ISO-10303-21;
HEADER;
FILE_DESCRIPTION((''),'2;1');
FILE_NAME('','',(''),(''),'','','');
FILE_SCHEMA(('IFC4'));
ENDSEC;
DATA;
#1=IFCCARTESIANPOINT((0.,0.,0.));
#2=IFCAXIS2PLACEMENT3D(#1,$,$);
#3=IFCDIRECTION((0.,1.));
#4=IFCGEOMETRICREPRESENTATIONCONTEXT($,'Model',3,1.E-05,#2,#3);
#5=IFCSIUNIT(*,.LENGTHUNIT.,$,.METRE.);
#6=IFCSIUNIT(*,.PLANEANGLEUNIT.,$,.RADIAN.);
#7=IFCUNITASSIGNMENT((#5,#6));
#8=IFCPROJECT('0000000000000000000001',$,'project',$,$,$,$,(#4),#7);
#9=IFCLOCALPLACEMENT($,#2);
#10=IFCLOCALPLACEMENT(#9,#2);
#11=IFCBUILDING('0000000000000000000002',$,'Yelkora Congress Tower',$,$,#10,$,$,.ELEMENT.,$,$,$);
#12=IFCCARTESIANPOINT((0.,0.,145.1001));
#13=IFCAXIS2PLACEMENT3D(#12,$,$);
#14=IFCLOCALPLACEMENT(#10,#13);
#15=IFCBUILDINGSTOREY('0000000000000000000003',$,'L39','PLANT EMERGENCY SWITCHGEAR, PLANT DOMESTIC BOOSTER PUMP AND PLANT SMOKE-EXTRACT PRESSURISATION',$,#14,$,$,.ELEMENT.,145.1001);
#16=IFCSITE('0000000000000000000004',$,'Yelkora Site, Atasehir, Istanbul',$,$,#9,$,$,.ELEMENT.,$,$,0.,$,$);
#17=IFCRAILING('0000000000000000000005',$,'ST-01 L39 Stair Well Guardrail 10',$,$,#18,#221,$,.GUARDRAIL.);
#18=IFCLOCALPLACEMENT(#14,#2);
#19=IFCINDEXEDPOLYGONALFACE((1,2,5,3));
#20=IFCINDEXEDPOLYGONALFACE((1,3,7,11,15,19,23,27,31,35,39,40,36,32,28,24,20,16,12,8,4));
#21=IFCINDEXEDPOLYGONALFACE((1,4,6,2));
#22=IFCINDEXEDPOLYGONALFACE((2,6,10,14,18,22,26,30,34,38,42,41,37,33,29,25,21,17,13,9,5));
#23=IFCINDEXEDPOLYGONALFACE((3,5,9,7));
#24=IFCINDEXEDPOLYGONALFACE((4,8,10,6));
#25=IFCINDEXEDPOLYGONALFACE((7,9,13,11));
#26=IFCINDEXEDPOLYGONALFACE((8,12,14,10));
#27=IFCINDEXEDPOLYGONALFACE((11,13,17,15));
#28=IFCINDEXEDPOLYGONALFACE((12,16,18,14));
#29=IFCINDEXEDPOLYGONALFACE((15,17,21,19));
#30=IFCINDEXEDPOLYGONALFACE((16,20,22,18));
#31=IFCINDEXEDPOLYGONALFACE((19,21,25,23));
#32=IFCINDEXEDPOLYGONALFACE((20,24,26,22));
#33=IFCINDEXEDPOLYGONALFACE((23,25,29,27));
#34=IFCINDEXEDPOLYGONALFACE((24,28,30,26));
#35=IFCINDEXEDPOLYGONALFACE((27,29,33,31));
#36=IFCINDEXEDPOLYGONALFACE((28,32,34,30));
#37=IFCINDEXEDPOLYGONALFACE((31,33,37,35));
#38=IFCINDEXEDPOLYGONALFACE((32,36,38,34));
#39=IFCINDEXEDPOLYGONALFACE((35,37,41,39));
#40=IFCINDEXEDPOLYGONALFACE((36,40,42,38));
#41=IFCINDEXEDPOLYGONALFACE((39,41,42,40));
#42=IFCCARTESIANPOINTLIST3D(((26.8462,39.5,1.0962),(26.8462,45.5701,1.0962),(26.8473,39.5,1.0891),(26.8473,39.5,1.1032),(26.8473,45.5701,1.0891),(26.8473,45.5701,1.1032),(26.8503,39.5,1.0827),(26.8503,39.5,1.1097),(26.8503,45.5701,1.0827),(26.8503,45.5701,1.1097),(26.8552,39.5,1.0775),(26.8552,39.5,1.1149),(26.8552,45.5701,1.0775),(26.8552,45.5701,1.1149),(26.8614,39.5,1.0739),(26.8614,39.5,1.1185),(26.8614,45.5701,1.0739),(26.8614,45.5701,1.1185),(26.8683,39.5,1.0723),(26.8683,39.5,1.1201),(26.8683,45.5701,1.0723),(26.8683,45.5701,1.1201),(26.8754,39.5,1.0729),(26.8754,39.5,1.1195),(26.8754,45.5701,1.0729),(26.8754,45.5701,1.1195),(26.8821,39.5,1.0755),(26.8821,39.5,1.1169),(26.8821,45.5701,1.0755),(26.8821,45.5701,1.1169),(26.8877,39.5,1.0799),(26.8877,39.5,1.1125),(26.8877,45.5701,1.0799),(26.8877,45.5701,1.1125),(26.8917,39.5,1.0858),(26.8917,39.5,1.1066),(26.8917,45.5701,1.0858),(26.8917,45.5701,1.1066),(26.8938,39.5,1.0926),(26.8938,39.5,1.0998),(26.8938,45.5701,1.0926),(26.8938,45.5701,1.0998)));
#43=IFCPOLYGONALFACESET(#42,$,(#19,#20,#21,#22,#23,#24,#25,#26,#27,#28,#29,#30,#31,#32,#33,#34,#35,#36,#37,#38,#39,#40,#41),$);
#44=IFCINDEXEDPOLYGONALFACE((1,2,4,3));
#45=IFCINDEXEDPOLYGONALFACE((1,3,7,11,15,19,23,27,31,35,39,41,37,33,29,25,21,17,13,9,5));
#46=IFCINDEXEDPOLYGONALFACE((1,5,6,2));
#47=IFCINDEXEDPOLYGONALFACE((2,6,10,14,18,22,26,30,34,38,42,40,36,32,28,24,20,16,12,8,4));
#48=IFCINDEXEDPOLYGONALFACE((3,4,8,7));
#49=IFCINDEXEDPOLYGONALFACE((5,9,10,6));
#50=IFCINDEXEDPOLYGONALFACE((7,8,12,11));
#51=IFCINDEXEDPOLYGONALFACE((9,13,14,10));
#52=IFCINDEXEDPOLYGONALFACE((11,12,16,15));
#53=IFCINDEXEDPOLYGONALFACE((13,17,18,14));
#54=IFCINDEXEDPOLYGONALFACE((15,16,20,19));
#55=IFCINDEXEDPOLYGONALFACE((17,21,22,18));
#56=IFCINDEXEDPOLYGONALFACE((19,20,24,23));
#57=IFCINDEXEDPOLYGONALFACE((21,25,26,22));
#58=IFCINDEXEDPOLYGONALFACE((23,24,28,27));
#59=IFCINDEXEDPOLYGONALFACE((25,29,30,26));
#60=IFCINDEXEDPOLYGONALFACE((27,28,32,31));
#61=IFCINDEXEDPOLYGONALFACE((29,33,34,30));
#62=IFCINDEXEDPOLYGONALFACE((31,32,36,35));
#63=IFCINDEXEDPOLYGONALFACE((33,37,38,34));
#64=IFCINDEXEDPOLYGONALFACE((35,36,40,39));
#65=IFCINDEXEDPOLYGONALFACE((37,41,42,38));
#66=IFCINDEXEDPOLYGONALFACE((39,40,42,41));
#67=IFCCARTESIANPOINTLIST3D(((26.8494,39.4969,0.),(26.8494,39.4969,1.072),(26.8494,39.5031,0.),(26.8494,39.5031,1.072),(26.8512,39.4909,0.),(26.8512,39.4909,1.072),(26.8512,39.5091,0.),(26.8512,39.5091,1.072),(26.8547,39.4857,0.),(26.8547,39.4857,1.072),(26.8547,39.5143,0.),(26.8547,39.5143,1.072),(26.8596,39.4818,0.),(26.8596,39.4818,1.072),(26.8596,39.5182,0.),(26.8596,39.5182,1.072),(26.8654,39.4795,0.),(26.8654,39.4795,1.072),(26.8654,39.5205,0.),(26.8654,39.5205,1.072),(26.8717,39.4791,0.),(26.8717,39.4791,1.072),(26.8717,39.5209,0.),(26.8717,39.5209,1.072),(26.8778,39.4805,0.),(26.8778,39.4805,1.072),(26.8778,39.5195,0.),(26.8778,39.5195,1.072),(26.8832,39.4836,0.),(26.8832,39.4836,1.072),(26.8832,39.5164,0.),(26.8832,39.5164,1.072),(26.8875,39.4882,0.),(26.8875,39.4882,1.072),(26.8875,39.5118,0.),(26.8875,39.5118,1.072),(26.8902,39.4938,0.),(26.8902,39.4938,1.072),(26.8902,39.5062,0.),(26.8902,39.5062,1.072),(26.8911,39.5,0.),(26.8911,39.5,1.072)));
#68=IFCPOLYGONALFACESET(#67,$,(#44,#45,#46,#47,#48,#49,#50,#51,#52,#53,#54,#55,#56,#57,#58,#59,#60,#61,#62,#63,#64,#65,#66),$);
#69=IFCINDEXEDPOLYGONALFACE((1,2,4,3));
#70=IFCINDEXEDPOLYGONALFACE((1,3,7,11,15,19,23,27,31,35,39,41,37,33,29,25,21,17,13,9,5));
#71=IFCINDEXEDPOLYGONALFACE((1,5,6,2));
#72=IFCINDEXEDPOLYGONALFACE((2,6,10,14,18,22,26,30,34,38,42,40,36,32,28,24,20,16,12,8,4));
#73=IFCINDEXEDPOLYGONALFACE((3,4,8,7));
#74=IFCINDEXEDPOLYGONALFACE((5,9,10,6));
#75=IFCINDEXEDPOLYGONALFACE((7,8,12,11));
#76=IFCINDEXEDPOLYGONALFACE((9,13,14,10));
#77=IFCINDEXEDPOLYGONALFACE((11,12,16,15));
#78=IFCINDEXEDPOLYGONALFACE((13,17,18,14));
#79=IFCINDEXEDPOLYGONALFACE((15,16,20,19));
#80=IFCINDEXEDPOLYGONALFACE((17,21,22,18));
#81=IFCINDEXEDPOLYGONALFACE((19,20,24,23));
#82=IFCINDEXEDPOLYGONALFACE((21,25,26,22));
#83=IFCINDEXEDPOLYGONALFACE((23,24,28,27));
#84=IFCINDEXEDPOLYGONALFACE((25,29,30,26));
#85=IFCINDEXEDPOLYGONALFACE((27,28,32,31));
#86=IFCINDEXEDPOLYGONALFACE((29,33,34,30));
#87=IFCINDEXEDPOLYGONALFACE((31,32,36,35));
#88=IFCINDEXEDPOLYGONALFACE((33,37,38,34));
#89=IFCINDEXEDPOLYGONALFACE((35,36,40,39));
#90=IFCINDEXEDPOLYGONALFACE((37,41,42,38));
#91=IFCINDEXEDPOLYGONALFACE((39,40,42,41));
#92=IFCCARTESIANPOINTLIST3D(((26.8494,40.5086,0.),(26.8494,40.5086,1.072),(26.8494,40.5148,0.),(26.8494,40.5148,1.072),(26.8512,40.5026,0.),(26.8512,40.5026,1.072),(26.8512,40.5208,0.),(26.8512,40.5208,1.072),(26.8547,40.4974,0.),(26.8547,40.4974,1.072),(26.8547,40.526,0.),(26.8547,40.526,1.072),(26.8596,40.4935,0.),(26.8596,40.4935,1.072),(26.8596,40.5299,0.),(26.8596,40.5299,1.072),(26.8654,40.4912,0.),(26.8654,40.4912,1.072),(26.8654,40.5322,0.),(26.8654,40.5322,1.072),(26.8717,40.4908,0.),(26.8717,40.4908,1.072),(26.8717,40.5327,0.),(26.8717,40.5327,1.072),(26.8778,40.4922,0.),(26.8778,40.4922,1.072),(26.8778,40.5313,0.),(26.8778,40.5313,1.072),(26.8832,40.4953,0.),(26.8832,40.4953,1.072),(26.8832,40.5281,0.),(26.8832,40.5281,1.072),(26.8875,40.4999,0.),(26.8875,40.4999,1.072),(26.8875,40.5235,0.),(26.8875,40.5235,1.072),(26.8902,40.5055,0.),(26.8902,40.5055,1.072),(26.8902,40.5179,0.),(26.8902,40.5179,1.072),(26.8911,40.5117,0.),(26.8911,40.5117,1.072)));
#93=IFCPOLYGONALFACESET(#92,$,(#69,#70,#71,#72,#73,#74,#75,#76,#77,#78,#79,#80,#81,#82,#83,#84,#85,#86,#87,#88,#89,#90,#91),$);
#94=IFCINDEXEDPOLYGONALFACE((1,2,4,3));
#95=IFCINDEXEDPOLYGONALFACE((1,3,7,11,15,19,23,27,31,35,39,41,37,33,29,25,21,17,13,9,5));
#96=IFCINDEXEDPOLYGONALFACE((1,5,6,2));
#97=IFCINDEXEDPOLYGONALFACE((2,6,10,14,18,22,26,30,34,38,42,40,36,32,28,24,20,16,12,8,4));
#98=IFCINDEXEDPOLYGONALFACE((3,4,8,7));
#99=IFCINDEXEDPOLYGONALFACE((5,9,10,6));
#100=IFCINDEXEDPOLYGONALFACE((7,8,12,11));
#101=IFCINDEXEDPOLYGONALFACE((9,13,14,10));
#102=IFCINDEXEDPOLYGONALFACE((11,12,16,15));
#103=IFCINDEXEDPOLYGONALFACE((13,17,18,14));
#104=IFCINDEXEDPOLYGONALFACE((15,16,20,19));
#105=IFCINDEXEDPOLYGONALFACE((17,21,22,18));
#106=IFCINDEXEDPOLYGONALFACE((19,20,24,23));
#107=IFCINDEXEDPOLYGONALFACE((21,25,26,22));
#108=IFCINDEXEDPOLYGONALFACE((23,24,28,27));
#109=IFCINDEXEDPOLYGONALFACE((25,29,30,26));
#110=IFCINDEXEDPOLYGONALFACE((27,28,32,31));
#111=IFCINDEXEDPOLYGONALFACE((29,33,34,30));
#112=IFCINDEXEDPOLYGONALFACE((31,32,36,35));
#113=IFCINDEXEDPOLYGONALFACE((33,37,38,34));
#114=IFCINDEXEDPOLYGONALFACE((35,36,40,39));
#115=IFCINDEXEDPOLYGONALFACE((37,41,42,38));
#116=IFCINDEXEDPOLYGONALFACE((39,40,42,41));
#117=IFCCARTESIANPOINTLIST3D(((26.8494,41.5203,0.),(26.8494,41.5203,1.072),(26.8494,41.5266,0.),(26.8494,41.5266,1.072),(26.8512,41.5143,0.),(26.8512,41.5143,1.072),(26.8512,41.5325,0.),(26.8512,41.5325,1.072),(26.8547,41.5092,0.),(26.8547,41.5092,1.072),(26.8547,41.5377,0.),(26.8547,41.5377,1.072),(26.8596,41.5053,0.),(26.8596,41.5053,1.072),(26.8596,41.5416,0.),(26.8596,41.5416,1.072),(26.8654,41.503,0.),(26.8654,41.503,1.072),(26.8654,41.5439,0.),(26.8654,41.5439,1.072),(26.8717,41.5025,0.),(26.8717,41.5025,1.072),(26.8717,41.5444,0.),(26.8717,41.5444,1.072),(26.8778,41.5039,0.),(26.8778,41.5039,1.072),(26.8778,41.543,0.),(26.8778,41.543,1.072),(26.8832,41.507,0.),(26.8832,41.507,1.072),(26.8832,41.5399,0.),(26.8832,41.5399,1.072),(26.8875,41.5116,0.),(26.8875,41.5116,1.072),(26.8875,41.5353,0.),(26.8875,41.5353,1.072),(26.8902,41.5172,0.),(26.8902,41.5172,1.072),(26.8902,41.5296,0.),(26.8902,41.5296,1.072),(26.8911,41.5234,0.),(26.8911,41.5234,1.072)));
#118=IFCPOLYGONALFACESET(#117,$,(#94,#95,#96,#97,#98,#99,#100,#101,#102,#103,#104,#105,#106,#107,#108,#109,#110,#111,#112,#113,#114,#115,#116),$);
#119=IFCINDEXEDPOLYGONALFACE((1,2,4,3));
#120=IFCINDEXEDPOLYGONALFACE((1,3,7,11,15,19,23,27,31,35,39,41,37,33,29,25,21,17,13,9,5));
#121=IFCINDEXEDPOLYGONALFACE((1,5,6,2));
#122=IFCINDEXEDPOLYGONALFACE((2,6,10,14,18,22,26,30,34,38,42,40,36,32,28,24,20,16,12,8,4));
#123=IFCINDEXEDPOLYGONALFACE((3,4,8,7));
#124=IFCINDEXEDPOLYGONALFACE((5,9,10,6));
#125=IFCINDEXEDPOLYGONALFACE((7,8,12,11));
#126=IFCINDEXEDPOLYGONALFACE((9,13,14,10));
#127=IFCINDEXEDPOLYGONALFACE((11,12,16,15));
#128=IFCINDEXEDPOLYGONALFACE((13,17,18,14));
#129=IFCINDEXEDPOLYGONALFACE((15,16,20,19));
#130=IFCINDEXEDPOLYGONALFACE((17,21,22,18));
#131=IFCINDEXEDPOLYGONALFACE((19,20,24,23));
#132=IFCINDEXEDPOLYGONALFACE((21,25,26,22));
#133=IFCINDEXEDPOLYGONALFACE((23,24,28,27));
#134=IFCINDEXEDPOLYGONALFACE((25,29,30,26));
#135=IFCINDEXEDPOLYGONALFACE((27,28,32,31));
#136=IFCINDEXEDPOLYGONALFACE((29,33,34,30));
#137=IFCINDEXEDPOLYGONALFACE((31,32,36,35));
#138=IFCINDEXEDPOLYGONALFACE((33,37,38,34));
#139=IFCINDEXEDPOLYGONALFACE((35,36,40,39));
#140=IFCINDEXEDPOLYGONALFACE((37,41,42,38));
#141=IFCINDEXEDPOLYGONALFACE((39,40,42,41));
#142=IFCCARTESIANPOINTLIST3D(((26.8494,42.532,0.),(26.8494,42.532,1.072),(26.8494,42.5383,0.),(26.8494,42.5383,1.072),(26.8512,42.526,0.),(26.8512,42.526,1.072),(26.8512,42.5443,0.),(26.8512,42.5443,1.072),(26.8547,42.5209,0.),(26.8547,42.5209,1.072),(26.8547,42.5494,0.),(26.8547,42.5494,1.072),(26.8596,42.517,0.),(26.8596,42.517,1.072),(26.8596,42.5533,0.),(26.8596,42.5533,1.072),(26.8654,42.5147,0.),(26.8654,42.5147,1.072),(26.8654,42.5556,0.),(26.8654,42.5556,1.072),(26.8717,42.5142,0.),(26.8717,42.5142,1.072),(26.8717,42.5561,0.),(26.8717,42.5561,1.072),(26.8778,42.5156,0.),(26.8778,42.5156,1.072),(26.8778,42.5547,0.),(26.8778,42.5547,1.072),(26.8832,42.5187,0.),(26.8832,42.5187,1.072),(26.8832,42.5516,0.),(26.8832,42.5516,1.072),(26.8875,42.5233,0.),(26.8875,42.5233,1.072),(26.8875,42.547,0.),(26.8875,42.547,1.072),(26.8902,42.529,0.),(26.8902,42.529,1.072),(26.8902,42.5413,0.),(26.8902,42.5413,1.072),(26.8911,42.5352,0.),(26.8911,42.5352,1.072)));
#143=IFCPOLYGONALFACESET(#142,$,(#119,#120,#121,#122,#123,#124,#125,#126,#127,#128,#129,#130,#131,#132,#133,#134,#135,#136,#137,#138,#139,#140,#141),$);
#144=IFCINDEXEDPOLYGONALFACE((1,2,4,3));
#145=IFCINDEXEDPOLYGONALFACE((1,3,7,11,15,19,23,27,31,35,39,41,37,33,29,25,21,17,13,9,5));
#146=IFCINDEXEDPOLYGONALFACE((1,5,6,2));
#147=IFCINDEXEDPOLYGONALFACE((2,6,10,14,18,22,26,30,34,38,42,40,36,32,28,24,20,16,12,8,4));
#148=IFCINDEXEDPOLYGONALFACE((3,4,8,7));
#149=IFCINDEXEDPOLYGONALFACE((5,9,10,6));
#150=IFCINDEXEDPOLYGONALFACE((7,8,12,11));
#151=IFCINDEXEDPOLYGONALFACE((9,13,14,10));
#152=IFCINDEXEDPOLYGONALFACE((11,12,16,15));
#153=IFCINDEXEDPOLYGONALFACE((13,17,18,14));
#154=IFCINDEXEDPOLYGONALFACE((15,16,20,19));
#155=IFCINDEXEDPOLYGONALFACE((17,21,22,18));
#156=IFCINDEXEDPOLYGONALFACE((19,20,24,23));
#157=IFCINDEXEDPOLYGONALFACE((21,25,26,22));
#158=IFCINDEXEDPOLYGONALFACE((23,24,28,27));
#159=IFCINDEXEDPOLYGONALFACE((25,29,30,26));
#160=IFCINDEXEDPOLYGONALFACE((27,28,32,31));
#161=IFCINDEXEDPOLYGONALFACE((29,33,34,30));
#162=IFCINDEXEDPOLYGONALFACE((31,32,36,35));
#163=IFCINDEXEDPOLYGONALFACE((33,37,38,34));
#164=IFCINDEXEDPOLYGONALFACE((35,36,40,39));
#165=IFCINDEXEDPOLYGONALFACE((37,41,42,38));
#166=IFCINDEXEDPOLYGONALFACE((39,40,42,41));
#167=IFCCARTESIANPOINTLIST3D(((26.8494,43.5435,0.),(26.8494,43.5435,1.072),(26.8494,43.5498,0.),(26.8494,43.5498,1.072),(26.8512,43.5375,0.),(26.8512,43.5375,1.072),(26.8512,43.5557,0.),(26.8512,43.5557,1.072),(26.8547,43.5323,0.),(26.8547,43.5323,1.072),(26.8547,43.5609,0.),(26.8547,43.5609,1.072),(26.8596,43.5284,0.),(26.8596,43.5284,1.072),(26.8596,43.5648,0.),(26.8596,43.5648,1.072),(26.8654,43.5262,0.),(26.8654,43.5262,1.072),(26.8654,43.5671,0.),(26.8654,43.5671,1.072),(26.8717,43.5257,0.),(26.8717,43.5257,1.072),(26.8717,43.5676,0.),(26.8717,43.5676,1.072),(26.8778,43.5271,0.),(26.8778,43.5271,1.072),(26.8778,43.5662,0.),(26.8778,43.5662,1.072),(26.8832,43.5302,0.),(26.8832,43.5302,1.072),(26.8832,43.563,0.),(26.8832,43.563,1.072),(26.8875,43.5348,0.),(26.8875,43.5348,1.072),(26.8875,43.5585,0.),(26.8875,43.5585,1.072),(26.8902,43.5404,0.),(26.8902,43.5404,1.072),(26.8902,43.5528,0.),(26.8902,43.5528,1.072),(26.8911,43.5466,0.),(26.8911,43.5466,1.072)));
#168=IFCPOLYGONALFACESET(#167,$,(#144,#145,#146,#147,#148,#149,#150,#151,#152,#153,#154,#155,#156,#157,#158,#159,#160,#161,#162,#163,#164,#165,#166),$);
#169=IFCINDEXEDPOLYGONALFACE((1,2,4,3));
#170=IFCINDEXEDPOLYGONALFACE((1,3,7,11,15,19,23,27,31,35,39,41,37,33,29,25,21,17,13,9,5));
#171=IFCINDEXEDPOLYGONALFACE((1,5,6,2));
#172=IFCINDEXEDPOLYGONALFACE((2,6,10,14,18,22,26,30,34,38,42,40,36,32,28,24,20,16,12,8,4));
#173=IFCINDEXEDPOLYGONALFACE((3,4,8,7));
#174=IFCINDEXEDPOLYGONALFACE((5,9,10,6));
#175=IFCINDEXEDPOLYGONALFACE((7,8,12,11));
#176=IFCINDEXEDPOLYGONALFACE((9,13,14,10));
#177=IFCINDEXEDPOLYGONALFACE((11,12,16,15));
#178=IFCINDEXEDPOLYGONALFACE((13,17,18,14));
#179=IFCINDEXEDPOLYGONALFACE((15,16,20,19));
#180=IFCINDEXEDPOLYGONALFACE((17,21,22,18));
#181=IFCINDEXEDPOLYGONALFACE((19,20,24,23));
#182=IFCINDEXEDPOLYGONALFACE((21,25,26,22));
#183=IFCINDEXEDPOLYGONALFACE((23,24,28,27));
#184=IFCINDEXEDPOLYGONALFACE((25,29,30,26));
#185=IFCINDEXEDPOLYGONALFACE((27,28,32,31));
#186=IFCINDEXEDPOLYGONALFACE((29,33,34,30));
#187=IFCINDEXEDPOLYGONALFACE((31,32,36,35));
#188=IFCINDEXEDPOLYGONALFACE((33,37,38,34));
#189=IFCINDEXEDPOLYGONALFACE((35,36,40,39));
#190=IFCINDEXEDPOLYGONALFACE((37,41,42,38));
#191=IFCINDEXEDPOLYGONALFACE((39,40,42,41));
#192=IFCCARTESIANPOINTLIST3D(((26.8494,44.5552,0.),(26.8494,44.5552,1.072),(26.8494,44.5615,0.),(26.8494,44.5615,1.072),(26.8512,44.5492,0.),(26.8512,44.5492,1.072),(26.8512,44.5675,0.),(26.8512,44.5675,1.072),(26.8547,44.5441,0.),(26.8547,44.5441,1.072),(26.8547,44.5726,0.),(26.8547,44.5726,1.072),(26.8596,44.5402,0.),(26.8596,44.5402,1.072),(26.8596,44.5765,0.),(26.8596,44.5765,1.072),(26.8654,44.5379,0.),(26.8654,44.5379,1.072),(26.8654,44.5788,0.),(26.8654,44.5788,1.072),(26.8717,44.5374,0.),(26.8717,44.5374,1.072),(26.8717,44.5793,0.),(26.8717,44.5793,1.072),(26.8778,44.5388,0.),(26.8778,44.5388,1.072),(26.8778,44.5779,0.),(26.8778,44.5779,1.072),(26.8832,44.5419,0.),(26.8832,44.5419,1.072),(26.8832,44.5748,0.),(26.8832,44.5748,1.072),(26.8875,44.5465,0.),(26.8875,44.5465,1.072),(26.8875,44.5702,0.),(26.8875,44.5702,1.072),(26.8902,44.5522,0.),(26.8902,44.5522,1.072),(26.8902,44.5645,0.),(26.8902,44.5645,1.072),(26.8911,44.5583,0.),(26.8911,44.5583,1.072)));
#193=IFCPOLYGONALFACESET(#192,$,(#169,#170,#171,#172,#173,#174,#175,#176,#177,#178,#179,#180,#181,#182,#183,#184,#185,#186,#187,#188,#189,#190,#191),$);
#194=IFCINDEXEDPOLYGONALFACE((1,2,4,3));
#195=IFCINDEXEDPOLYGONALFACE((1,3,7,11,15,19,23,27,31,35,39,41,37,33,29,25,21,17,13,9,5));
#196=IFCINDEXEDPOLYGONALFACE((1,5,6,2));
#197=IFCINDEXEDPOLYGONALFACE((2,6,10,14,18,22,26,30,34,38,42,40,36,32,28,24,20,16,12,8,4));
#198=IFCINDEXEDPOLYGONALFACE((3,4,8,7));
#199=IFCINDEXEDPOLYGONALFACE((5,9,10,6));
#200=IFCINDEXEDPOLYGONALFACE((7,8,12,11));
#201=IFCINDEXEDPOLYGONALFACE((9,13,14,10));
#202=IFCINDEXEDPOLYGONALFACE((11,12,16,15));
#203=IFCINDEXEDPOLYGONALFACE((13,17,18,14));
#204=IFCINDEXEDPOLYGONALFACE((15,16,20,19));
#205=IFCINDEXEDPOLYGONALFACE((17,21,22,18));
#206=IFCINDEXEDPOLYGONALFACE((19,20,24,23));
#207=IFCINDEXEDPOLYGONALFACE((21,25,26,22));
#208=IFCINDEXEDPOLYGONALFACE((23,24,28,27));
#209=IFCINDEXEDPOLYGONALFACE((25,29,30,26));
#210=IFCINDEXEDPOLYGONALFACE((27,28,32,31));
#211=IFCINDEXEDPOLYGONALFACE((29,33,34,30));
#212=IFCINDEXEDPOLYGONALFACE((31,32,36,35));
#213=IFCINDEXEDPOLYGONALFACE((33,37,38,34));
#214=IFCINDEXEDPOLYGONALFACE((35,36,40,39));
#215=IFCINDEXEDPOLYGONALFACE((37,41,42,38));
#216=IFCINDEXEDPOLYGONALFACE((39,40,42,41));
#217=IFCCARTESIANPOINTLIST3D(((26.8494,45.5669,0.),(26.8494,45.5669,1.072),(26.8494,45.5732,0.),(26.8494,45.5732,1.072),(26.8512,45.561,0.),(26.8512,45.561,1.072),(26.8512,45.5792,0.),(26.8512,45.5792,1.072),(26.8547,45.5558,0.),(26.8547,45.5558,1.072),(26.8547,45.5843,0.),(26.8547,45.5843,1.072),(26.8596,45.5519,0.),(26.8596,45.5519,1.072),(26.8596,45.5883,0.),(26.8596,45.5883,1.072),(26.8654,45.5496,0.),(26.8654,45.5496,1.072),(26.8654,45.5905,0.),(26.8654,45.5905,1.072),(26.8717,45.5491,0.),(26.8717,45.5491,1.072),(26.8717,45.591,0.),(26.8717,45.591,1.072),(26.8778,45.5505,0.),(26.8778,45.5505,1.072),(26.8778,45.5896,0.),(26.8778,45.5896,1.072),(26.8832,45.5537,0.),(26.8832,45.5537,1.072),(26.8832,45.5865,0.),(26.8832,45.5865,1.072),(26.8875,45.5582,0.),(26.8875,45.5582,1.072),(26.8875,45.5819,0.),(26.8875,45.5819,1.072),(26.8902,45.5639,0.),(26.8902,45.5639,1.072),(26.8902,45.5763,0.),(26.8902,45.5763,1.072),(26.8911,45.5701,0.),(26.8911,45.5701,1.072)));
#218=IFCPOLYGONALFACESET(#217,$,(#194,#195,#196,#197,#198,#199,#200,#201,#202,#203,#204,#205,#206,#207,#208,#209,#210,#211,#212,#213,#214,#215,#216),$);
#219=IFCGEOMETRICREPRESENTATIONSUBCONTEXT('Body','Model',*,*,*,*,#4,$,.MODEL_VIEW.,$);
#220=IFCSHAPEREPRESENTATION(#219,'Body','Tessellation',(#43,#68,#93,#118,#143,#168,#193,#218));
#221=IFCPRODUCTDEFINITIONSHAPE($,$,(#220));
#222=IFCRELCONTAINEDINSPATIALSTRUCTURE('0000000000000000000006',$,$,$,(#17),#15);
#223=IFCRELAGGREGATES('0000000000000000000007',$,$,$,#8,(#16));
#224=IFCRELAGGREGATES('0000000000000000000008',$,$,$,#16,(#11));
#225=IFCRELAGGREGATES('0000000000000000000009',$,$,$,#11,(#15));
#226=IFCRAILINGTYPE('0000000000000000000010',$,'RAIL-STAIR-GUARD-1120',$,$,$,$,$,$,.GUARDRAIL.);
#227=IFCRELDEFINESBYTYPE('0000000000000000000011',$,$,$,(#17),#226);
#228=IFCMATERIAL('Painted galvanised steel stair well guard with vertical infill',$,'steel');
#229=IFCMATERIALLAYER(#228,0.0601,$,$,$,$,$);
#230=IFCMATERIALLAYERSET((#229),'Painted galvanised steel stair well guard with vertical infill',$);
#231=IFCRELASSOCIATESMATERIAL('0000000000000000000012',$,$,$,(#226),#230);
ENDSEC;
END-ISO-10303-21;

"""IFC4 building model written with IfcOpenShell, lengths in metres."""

from ifc_helpers import new_model, si_unit, direction, frame, origin, origin_2d, place, context, subcontext, project, spatial, circle, extrude, material, layer, layer_set, type_object, element, save


model = new_model("IFC4")

# Units and contexts
model_context = context("Model", 3, precision=1e-05, world=origin(), true_north=direction((0.0, 1.0)))
body_context = subcontext(model_context, "Body", "Model", "MODEL_VIEW")
ifc_project = project(units=[si_unit("LENGTHUNIT", "METRE"), si_unit("PLANEANGLEUNIT", "RADIAN")], contexts=[model_context])

# Site, building, storey
site_placement = place(None, origin())
site = spatial("IfcSite", under=ifc_project, at=site_placement, Name="Yelkora Site, Atasehir, Istanbul", CompositionType="ELEMENT", RefElevation=0.0)
building_placement = place(site_placement, origin())
building = spatial("IfcBuilding", under=site, at=building_placement, Name="Yelkora Congress Tower", CompositionType="ELEMENT")
storey_placement = place(building_placement, frame((0.0, 0.0, 145.1001)))
storey = spatial("IfcBuildingStorey", under=building, at=storey_placement, Name="L39", Description="PLANT EMERGENCY SWITCHGEAR, PLANT DOMESTIC BOOSTER PUMP AND PLANT SMOKE-EXTRACT PRESSURISATION", CompositionType="ELEMENT", Elevation=145.1001)

# Railing
ifc_material_1 = material(Name="Painted galvanised steel stair well guard with vertical infill", Category="steel")
ifc_layer_1 = layer(ifc_material_1, 0.0601)
ifc_layer_set_1 = layer_set([ifc_layer_1], Name="Painted galvanised steel stair well guard with vertical infill")
railing_type_1 = type_object("IfcRailingType", Name="RAIL-STAIR-GUARD-1120", PredefinedType="GUARDRAIL", material=ifc_layer_set_1)
railing_1_placement = place(storey_placement, frame((26.8701, 39.5, 0.0)))
element("IfcRailing", 1, at=railing_1_placement, inside=storey, type_object=railing_type_1, Name="ST-01 L39 Stair Well Guardrail 10", PredefinedType="GUARDRAIL", context=body_context, shape_type="SweptSolid", body=[
    extrude(circle(Radius=0.0239, at=origin_2d()), frame((0.0, 0.0, 1.0962), z_axis=(0.0, 1.0, 0.0), x_axis=(-1.0, 0.0, 0.0)), (0.0, 0.0, 1.0), 6.0701),
    extrude(circle(Radius=0.021, at=origin_2d()), origin(), (0.0, 0.0, 1.0), 1.072),
    extrude(circle(Radius=0.021, at=origin_2d()), frame((0.0, 1.0117, 0.0)), (0.0, 0.0, 1.0), 1.072),
    extrude(circle(Radius=0.021, at=origin_2d()), frame((0.0, 2.0234, 0.0)), (0.0, 0.0, 1.0), 1.072),
    extrude(circle(Radius=0.021, at=origin_2d()), frame((0.0, 3.0352, 0.0)), (0.0, 0.0, 1.0), 1.072),
    extrude(circle(Radius=0.021, at=origin_2d()), frame((0.0, 4.0466, 0.0)), (0.0, 0.0, 1.0), 1.072),
    extrude(circle(Radius=0.021, at=origin_2d()), frame((0.0, 5.0583, 0.0)), (0.0, 0.0, 1.0), 1.072),
    extrude(circle(Radius=0.021, at=origin_2d()), frame((0.0, 6.0701, 0.0)), (0.0, 0.0, 1.0), 1.072),
])

save(model, "model.ifc")
